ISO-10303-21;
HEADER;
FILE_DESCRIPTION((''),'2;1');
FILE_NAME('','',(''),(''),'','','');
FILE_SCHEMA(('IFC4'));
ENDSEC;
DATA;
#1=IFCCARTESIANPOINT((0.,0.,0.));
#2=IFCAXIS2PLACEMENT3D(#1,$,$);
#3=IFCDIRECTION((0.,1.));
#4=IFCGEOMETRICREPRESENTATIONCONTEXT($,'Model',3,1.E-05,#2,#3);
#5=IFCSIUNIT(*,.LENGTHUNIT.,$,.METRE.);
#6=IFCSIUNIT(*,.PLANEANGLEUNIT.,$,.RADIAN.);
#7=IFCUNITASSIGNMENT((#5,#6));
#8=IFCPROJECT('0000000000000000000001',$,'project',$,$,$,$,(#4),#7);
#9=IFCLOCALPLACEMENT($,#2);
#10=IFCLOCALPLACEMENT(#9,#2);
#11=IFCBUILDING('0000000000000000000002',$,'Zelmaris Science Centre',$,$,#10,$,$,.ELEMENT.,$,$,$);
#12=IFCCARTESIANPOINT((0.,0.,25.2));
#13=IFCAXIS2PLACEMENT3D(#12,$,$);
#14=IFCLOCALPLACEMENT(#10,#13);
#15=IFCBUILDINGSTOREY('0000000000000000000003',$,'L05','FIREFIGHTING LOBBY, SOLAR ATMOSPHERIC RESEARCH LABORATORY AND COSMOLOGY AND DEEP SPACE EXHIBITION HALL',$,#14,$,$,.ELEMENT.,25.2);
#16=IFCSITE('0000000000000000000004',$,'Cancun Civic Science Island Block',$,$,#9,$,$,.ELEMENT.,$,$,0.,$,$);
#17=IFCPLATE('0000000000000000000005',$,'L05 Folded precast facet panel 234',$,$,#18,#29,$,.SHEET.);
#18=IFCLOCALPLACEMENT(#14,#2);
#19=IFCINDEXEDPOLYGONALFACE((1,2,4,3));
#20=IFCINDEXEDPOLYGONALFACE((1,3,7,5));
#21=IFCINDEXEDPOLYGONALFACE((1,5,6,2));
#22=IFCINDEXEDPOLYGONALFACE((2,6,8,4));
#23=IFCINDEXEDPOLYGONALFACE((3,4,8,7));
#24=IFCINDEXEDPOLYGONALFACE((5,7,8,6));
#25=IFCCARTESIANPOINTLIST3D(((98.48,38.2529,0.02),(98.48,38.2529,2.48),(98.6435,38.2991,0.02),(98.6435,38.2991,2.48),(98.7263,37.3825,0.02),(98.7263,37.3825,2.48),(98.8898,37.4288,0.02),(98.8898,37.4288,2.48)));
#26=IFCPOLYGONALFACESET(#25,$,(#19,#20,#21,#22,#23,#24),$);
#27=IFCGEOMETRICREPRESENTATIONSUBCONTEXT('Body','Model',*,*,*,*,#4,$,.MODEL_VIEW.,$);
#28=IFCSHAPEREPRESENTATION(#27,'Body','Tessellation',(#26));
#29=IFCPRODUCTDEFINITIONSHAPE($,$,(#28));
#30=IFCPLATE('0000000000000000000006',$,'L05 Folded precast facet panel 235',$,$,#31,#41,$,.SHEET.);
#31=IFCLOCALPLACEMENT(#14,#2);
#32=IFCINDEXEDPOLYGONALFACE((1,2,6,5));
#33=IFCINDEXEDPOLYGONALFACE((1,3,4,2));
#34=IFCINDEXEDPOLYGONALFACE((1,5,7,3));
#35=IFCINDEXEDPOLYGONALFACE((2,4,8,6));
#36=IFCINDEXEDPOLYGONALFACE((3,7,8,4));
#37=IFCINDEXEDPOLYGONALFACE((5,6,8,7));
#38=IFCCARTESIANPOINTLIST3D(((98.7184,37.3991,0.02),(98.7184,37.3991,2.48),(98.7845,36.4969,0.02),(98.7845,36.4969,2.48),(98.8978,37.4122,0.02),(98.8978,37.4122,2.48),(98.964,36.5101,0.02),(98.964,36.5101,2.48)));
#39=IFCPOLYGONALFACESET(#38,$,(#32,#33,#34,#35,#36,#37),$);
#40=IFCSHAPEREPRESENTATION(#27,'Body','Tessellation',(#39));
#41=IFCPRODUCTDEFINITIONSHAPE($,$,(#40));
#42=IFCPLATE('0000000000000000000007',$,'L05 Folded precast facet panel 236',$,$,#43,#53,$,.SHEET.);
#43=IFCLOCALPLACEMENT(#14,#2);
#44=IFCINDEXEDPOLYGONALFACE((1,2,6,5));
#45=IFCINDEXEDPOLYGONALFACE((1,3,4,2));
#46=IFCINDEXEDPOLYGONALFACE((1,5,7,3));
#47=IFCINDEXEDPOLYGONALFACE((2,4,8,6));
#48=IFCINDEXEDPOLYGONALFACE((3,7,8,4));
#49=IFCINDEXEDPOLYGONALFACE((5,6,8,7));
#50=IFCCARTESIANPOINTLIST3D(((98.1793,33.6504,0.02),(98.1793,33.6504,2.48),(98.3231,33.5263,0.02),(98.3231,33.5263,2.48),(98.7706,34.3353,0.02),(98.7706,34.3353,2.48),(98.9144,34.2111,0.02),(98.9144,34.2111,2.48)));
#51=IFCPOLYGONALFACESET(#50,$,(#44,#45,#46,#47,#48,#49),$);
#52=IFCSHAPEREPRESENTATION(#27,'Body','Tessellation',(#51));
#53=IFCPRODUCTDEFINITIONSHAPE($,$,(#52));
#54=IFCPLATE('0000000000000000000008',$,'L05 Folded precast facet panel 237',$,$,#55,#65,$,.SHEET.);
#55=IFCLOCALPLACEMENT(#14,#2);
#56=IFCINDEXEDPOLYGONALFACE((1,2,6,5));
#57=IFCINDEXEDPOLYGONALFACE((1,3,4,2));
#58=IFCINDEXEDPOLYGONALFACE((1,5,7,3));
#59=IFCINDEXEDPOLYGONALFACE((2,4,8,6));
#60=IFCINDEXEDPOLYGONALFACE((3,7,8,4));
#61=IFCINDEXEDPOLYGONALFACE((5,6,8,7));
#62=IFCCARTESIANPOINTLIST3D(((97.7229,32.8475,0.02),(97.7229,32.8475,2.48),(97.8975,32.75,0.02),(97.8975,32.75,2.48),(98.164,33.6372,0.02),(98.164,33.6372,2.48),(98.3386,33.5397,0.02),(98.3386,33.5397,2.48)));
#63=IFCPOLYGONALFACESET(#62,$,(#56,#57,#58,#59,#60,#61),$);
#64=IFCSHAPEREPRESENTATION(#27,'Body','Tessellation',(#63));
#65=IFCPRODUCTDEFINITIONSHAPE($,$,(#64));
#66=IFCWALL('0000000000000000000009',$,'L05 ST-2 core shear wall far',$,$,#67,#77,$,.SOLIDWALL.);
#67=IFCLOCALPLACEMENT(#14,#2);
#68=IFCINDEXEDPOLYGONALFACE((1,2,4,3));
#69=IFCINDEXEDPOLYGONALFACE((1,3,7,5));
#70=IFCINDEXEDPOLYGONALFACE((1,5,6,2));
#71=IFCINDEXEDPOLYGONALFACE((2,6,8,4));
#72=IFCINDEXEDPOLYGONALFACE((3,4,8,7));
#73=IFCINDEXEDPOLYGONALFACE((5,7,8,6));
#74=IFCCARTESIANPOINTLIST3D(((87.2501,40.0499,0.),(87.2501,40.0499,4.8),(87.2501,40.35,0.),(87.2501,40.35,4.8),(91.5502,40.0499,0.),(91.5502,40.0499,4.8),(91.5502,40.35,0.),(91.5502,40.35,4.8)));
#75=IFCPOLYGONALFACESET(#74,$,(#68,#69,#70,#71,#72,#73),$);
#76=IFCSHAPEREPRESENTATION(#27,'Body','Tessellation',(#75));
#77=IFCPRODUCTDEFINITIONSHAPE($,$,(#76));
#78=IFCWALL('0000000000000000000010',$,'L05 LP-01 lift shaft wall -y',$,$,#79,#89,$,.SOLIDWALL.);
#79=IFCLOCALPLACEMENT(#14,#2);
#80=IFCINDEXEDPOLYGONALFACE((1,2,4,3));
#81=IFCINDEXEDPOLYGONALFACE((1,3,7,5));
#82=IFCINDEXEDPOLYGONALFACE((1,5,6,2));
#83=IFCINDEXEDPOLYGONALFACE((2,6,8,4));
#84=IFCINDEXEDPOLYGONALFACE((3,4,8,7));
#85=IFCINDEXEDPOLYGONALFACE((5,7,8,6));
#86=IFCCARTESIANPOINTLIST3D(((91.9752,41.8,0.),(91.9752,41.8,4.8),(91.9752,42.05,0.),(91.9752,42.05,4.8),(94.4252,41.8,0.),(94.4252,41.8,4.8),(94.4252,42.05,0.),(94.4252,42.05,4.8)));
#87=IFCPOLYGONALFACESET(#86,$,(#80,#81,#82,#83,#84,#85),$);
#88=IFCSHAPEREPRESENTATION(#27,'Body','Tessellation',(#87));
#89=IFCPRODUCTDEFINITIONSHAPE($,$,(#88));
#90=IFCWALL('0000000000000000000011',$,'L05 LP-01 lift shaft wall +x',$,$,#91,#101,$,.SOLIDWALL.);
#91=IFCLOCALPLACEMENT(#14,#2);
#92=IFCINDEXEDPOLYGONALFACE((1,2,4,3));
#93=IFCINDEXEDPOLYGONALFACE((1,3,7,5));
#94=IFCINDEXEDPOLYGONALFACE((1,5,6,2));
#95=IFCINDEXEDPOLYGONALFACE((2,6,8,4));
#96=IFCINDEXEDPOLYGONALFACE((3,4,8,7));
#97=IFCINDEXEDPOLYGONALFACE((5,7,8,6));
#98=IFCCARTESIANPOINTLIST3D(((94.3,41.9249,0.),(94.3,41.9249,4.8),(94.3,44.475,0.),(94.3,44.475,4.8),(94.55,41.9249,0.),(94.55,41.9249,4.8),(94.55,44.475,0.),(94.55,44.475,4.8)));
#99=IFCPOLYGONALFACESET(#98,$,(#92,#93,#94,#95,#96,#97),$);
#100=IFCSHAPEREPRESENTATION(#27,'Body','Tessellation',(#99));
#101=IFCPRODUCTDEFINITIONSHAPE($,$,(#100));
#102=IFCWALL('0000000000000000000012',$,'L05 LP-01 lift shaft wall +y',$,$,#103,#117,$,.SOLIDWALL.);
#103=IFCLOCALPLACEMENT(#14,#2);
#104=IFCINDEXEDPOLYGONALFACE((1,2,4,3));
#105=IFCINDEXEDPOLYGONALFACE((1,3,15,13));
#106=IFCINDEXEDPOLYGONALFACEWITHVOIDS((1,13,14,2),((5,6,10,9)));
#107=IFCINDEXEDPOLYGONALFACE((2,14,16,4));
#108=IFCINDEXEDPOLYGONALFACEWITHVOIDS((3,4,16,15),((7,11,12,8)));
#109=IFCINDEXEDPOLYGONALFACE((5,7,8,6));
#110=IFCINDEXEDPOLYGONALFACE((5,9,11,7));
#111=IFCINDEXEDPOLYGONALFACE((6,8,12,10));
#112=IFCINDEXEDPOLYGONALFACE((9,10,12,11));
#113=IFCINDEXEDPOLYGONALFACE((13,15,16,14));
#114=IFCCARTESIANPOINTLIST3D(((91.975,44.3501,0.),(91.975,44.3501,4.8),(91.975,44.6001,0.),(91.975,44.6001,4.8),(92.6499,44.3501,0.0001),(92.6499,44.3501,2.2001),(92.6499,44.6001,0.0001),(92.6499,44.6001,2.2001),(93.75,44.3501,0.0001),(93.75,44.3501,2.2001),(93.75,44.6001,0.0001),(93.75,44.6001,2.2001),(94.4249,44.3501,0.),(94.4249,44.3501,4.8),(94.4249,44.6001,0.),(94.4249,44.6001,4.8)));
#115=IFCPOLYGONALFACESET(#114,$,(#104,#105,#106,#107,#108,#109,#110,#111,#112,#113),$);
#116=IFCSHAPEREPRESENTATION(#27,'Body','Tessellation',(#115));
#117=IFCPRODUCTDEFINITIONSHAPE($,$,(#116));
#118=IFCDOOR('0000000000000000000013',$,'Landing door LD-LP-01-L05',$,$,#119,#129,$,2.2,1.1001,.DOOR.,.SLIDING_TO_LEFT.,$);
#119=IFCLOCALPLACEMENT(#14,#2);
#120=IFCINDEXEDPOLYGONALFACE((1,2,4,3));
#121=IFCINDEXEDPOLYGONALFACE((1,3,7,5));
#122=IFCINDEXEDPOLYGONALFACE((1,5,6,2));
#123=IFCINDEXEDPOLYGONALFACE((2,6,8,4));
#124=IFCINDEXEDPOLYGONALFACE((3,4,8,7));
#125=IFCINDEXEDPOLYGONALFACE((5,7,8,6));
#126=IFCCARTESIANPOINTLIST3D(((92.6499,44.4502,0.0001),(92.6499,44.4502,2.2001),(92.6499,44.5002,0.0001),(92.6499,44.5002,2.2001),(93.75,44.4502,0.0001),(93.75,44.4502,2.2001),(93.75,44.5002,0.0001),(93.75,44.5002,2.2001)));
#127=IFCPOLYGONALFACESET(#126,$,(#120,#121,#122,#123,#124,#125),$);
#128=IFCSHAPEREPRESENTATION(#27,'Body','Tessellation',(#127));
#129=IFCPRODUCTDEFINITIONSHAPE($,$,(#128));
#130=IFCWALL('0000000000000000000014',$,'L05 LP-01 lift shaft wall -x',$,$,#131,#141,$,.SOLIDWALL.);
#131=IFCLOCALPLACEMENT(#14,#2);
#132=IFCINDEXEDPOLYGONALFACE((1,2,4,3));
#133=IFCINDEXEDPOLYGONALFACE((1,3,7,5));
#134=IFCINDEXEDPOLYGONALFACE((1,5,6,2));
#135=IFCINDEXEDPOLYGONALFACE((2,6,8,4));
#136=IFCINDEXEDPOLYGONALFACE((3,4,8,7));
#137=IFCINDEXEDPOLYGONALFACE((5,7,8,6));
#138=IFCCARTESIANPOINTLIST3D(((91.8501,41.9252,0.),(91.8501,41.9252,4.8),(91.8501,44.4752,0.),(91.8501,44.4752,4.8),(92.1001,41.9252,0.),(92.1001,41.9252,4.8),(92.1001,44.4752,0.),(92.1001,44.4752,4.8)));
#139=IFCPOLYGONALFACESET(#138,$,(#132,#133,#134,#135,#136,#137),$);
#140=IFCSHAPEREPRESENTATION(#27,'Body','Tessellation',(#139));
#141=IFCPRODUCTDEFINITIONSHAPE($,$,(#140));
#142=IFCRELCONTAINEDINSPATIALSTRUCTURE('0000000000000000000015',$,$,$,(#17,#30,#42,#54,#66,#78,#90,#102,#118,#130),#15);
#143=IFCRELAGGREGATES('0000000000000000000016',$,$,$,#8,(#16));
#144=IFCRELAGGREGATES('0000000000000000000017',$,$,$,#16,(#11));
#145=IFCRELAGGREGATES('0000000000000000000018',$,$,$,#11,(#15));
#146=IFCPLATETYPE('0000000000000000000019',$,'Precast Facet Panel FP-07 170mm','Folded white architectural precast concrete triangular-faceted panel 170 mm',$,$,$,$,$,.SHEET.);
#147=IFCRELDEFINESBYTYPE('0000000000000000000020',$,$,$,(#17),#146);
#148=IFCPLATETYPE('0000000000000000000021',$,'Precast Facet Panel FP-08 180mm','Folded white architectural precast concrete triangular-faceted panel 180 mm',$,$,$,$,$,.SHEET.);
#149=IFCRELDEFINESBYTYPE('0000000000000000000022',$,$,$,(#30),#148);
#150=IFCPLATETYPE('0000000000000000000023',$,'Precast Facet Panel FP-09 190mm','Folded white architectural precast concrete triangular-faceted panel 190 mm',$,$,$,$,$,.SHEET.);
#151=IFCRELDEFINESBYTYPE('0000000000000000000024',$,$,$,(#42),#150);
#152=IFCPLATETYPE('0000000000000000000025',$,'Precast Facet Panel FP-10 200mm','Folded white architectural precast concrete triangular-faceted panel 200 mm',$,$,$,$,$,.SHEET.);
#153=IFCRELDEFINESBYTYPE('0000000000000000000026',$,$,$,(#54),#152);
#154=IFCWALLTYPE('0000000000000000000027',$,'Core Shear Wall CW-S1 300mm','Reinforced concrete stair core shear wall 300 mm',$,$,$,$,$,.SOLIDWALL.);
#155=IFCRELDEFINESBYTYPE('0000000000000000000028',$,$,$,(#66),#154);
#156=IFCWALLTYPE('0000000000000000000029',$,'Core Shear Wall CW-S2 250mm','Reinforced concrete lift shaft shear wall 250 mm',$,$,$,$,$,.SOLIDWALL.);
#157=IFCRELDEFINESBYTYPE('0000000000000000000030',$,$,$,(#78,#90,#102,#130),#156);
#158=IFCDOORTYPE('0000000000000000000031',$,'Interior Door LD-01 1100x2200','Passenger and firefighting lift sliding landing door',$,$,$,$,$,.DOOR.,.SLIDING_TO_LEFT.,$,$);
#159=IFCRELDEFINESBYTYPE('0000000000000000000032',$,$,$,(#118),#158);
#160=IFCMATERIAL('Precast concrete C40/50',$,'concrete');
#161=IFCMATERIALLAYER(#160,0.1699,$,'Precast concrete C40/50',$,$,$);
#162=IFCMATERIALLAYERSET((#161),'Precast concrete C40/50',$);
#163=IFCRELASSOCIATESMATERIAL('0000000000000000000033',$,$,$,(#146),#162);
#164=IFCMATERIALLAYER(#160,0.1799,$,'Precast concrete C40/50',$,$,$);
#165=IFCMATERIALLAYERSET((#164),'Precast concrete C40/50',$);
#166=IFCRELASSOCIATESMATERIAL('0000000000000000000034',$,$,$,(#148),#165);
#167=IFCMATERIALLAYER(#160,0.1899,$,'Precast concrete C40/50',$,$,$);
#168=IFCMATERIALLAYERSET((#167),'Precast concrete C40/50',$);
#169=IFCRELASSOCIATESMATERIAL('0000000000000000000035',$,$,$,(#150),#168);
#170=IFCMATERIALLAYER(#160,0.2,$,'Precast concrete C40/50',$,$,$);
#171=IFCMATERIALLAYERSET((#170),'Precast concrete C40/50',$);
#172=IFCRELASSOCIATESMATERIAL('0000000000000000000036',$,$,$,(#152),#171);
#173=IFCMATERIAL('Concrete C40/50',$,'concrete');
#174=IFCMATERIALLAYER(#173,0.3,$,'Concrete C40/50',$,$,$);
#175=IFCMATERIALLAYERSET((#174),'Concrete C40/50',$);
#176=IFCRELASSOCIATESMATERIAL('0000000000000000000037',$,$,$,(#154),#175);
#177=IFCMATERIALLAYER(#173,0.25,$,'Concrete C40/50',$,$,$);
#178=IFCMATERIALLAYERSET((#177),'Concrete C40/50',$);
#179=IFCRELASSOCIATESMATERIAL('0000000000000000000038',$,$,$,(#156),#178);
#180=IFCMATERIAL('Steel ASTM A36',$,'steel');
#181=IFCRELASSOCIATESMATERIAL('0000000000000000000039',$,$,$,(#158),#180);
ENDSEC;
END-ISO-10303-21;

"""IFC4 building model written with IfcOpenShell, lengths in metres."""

from ifc_helpers import new_model, si_unit, direction, frame, frame_2d, origin, place, context, subcontext, project, spatial, rectangle, extrude, material, layer, layer_set, type_object, element, fill, save


model = new_model("IFC4")

# Units and contexts
model_context = context("Model", 3, precision=1e-05, world=origin(), true_north=direction((0.0, 1.0)))
body_context = subcontext(model_context, "Body", "Model", "MODEL_VIEW")
ifc_project = project(units=[si_unit("LENGTHUNIT", "METRE"), si_unit("PLANEANGLEUNIT", "RADIAN")], contexts=[model_context])

# Site, building, storey
site_placement = place(None, origin())
site = spatial("IfcSite", under=ifc_project, at=site_placement, Name="Cancun Civic Science Island Block", CompositionType="ELEMENT", RefElevation=0.0)
building_placement = place(site_placement, origin())
building = spatial("IfcBuilding", under=site, at=building_placement, Name="Zelmaris Science Centre", CompositionType="ELEMENT")
storey_placement = place(building_placement, frame((0.0, 0.0, 25.2)))
storey = spatial("IfcBuildingStorey", under=building, at=storey_placement, Name="L05", Description="FIREFIGHTING LOBBY, SOLAR ATMOSPHERIC RESEARCH LABORATORY AND COSMOLOGY AND DEEP SPACE EXHIBITION HALL", CompositionType="ELEMENT", Elevation=25.2)

# Plates
ifc_material_1 = material(Name="Precast concrete C40/50", Category="concrete")
ifc_layer_1 = layer(ifc_material_1, 0.1699, Name="Precast concrete C40/50")
ifc_layer_set_1 = layer_set([ifc_layer_1], Name="Precast concrete C40/50")
plate_type_1 = type_object("IfcPlateType", Name="Precast Facet Panel FP-07 170mm", Description="Folded white architectural precast concrete triangular-faceted panel 170 mm", PredefinedType="SHEET", material=ifc_layer_set_1)
plate_1_placement = place(storey_placement, frame((98.5618, 38.2759, 0.02), z_axis=(0.0, 0.0, 1.0), x_axis=(0.272332, -0.962203, 0.0)))
element("IfcPlate", 1, at=plate_1_placement, inside=storey, type_object=plate_type_1, Name="L05 Folded precast facet panel 234", PredefinedType="SHEET", context=body_context, shape_type="SweptSolid", body=[
    extrude(rectangle(XDim=0.9045, YDim=0.1699, at=frame_2d((0.4521, 0.0))), origin(), (0.0, 0.0, 1.0), 2.46),
])
ifc_layer_2 = layer(ifc_material_1, 0.1799, Name="Precast concrete C40/50")
ifc_layer_set_2 = layer_set([ifc_layer_2], Name="Precast concrete C40/50")
plate_type_2 = type_object("IfcPlateType", Name="Precast Facet Panel FP-08 180mm", Description="Folded white architectural precast concrete triangular-faceted panel 180 mm", PredefinedType="SHEET", material=ifc_layer_set_2)
plate_2_placement = place(storey_placement, frame((98.8081, 37.4055, 0.02), z_axis=(0.0, 0.0, 1.0), x_axis=(0.073146, -0.997321, 0.0)))
element("IfcPlate", 2, at=plate_2_placement, inside=storey, type_object=plate_type_2, Name="L05 Folded precast facet panel 235", PredefinedType="SHEET", context=body_context, shape_type="SweptSolid", body=[
    extrude(rectangle(XDim=0.9045, YDim=0.1799, at=frame_2d((0.4521, 0.0))), origin(), (0.0, 0.0, 1.0), 2.46),
])
ifc_layer_3 = layer(ifc_material_1, 0.1899, Name="Precast concrete C40/50")
ifc_layer_set_3 = layer_set([ifc_layer_3], Name="Precast concrete C40/50")
plate_type_3 = type_object("IfcPlateType", Name="Precast Facet Panel FP-09 190mm", Description="Folded white architectural precast concrete triangular-faceted panel 190 mm", PredefinedType="SHEET", material=ifc_layer_set_3)
plate_3_placement = place(storey_placement, frame((98.8425, 34.2732, 0.02), z_axis=(0.0, 0.0, 1.0), x_axis=(-0.653543, -0.75689, 0.0)))
element("IfcPlate", 3, at=plate_3_placement, inside=storey, type_object=plate_type_3, Name="L05 Folded precast facet panel 236", PredefinedType="SHEET", context=body_context, shape_type="SweptSolid", body=[
    extrude(rectangle(XDim=0.9048, YDim=0.1899, at=frame_2d((0.4524, 0.0))), origin(), (0.0, 0.0, 1.0), 2.46),
])
ifc_layer_4 = layer(ifc_material_1, 0.2, Name="Precast concrete C40/50")
ifc_layer_set_4 = layer_set([ifc_layer_4], Name="Precast concrete C40/50")
plate_type_4 = type_object("IfcPlateType", Name="Precast Facet Panel FP-10 200mm", Description="Folded white architectural precast concrete triangular-faceted panel 200 mm", PredefinedType="SHEET", material=ifc_layer_set_4)
plate_4_placement = place(storey_placement, frame((98.2512, 33.5884, 0.02), z_axis=(0.0, 0.0, 1.0), x_axis=(-0.487658, -0.873035, 0.0)))
element("IfcPlate", 4, at=plate_4_placement, inside=storey, type_object=plate_type_4, Name="L05 Folded precast facet panel 237", PredefinedType="SHEET", context=body_context, shape_type="SweptSolid", body=[
    extrude(rectangle(XDim=0.9045, YDim=0.2, at=frame_2d((0.4521, 0.0))), origin(), (0.0, 0.0, 1.0), 2.46),
])

# Walls
ifc_material_2 = material(Name="Concrete C40/50", Category="concrete")
ifc_layer_5 = layer(ifc_material_2, 0.3, Name="Concrete C40/50")
ifc_layer_set_5 = layer_set([ifc_layer_5], Name="Concrete C40/50")
wall_type_1 = type_object("IfcWallType", Name="Core Shear Wall CW-S1 300mm", Description="Reinforced concrete stair core shear wall 300 mm", PredefinedType="SOLIDWALL", material=ifc_layer_set_5)
wall_1_placement = place(storey_placement, frame((91.55, 40.2, 0.0), z_axis=(0.0, 0.0, 1.0), x_axis=(-1.0, 0.0, 0.0)))
element("IfcWall", 5, at=wall_1_placement, inside=storey, type_object=wall_type_1, Name="L05 ST-2 core shear wall far", PredefinedType="SOLIDWALL", context=body_context, shape_type="SweptSolid", body=[
    extrude(rectangle(XDim=4.3, YDim=0.3, at=frame_2d((2.1499, 0.0))), origin(), (0.0, 0.0, 1.0), 4.8),
])
ifc_layer_6 = layer(ifc_material_2, 0.25, Name="Concrete C40/50")
ifc_layer_set_6 = layer_set([ifc_layer_6], Name="Concrete C40/50")
wall_type_2 = type_object("IfcWallType", Name="Core Shear Wall CW-S2 250mm", Description="Reinforced concrete lift shaft shear wall 250 mm", PredefinedType="SOLIDWALL", material=ifc_layer_set_6)
wall_2_placement = place(storey_placement, frame((91.9751, 41.925, 0.0), z_axis=(0.0, 0.0, 1.0), x_axis=(1.0, 0.0, 0.0)))
element("IfcWall", 6, at=wall_2_placement, inside=storey, type_object=wall_type_2, Name="L05 LP-01 lift shaft wall -y", PredefinedType="SOLIDWALL", context=body_context, shape_type="SweptSolid", body=[
    extrude(rectangle(XDim=2.45, YDim=0.25, at=frame_2d((1.2251, 0.0))), origin(), (0.0, 0.0, 1.0), 4.8),
])
wall_3_placement = place(storey_placement, frame((94.425, 41.925, 0.0), z_axis=(0.0, 0.0, 1.0), x_axis=(0.0, 1.0, 0.0)))
element("IfcWall", 7, at=wall_3_placement, inside=storey, type_object=wall_type_2, Name="L05 LP-01 lift shaft wall +x", PredefinedType="SOLIDWALL", context=body_context, shape_type="SweptSolid", body=[
    extrude(rectangle(XDim=2.55, YDim=0.25, at=frame_2d((1.2749, 0.0))), origin(), (0.0, 0.0, 1.0), 4.8),
])

# Wall, opening, door
wall_4_placement = place(storey_placement, frame((94.425, 44.4751, 0.0), z_axis=(0.0, 0.0, 1.0), x_axis=(-1.0, 0.0, 0.0)))
wall_4 = element("IfcWall", 8, at=wall_4_placement, inside=storey, type_object=wall_type_2, Name="L05 LP-01 lift shaft wall +y", PredefinedType="SOLIDWALL", context=body_context, shape_type="SweptSolid", body=[
    extrude(rectangle(XDim=2.45, YDim=0.25, at=frame_2d((1.2251, 0.0))), origin(), (0.0, 0.0, 1.0), 4.8),
])
opening_1_placement = place(wall_4_placement, frame((0.675, 0.0, 0.0)))
opening_1 = element("IfcOpeningElement", 9, at=opening_1_placement, cuts=wall_4, PredefinedType="OPENING", context=body_context, shape_type="SweptSolid", body=[
    extrude(rectangle(XDim=1.1001, YDim=2.2, at=frame_2d((0.55, 1.1001))), frame((0.0, 0.135, 0.0), z_axis=(0.0, -1.0, 0.0), x_axis=(1.0, 0.0, 0.0)), (0.0, 0.0, 1.0), 0.27),
])
ifc_material_3 = material(Name="Steel ASTM A36", Category="steel")
door_type = type_object("IfcDoorType", Name="Interior Door LD-01 1100x2200", Description="Passenger and firefighting lift sliding landing door", OperationType="SLIDING_TO_LEFT", PredefinedType="DOOR", material=ifc_material_3)
door_placement = place(opening_1_placement, origin())
door = element("IfcDoor", 10, at=door_placement, inside=storey, type_object=door_type, Name="Landing door LD-LP-01-L05", OperationType="SLIDING_TO_LEFT", OverallHeight=2.2, OverallWidth=1.1001, PredefinedType="DOOR", context=body_context, shape_type="SweptSolid", body=[
    extrude(rectangle(XDim=1.1001, YDim=2.2, at=frame_2d((0.55, 1.1001))), frame((0.0, 0.0249, 0.0), z_axis=(0.0, -1.0, 0.0), x_axis=(1.0, 0.0, 0.0)), (0.0, 0.0, 1.0), 0.05),
])
fill(opening_1, door)

# Wall
wall_5_placement = place(storey_placement, frame((91.9751, 44.4751, 0.0), z_axis=(0.0, 0.0, 1.0), x_axis=(0.0, -1.0, 0.0)))
element("IfcWall", 11, at=wall_5_placement, inside=storey, type_object=wall_type_2, Name="L05 LP-01 lift shaft wall -x", PredefinedType="SOLIDWALL", context=body_context, shape_type="SweptSolid", body=[
    extrude(rectangle(XDim=2.55, YDim=0.25, at=frame_2d((1.2749, 0.0))), origin(), (0.0, 0.0, 1.0), 4.8),
])

save(model, "model.ifc")
